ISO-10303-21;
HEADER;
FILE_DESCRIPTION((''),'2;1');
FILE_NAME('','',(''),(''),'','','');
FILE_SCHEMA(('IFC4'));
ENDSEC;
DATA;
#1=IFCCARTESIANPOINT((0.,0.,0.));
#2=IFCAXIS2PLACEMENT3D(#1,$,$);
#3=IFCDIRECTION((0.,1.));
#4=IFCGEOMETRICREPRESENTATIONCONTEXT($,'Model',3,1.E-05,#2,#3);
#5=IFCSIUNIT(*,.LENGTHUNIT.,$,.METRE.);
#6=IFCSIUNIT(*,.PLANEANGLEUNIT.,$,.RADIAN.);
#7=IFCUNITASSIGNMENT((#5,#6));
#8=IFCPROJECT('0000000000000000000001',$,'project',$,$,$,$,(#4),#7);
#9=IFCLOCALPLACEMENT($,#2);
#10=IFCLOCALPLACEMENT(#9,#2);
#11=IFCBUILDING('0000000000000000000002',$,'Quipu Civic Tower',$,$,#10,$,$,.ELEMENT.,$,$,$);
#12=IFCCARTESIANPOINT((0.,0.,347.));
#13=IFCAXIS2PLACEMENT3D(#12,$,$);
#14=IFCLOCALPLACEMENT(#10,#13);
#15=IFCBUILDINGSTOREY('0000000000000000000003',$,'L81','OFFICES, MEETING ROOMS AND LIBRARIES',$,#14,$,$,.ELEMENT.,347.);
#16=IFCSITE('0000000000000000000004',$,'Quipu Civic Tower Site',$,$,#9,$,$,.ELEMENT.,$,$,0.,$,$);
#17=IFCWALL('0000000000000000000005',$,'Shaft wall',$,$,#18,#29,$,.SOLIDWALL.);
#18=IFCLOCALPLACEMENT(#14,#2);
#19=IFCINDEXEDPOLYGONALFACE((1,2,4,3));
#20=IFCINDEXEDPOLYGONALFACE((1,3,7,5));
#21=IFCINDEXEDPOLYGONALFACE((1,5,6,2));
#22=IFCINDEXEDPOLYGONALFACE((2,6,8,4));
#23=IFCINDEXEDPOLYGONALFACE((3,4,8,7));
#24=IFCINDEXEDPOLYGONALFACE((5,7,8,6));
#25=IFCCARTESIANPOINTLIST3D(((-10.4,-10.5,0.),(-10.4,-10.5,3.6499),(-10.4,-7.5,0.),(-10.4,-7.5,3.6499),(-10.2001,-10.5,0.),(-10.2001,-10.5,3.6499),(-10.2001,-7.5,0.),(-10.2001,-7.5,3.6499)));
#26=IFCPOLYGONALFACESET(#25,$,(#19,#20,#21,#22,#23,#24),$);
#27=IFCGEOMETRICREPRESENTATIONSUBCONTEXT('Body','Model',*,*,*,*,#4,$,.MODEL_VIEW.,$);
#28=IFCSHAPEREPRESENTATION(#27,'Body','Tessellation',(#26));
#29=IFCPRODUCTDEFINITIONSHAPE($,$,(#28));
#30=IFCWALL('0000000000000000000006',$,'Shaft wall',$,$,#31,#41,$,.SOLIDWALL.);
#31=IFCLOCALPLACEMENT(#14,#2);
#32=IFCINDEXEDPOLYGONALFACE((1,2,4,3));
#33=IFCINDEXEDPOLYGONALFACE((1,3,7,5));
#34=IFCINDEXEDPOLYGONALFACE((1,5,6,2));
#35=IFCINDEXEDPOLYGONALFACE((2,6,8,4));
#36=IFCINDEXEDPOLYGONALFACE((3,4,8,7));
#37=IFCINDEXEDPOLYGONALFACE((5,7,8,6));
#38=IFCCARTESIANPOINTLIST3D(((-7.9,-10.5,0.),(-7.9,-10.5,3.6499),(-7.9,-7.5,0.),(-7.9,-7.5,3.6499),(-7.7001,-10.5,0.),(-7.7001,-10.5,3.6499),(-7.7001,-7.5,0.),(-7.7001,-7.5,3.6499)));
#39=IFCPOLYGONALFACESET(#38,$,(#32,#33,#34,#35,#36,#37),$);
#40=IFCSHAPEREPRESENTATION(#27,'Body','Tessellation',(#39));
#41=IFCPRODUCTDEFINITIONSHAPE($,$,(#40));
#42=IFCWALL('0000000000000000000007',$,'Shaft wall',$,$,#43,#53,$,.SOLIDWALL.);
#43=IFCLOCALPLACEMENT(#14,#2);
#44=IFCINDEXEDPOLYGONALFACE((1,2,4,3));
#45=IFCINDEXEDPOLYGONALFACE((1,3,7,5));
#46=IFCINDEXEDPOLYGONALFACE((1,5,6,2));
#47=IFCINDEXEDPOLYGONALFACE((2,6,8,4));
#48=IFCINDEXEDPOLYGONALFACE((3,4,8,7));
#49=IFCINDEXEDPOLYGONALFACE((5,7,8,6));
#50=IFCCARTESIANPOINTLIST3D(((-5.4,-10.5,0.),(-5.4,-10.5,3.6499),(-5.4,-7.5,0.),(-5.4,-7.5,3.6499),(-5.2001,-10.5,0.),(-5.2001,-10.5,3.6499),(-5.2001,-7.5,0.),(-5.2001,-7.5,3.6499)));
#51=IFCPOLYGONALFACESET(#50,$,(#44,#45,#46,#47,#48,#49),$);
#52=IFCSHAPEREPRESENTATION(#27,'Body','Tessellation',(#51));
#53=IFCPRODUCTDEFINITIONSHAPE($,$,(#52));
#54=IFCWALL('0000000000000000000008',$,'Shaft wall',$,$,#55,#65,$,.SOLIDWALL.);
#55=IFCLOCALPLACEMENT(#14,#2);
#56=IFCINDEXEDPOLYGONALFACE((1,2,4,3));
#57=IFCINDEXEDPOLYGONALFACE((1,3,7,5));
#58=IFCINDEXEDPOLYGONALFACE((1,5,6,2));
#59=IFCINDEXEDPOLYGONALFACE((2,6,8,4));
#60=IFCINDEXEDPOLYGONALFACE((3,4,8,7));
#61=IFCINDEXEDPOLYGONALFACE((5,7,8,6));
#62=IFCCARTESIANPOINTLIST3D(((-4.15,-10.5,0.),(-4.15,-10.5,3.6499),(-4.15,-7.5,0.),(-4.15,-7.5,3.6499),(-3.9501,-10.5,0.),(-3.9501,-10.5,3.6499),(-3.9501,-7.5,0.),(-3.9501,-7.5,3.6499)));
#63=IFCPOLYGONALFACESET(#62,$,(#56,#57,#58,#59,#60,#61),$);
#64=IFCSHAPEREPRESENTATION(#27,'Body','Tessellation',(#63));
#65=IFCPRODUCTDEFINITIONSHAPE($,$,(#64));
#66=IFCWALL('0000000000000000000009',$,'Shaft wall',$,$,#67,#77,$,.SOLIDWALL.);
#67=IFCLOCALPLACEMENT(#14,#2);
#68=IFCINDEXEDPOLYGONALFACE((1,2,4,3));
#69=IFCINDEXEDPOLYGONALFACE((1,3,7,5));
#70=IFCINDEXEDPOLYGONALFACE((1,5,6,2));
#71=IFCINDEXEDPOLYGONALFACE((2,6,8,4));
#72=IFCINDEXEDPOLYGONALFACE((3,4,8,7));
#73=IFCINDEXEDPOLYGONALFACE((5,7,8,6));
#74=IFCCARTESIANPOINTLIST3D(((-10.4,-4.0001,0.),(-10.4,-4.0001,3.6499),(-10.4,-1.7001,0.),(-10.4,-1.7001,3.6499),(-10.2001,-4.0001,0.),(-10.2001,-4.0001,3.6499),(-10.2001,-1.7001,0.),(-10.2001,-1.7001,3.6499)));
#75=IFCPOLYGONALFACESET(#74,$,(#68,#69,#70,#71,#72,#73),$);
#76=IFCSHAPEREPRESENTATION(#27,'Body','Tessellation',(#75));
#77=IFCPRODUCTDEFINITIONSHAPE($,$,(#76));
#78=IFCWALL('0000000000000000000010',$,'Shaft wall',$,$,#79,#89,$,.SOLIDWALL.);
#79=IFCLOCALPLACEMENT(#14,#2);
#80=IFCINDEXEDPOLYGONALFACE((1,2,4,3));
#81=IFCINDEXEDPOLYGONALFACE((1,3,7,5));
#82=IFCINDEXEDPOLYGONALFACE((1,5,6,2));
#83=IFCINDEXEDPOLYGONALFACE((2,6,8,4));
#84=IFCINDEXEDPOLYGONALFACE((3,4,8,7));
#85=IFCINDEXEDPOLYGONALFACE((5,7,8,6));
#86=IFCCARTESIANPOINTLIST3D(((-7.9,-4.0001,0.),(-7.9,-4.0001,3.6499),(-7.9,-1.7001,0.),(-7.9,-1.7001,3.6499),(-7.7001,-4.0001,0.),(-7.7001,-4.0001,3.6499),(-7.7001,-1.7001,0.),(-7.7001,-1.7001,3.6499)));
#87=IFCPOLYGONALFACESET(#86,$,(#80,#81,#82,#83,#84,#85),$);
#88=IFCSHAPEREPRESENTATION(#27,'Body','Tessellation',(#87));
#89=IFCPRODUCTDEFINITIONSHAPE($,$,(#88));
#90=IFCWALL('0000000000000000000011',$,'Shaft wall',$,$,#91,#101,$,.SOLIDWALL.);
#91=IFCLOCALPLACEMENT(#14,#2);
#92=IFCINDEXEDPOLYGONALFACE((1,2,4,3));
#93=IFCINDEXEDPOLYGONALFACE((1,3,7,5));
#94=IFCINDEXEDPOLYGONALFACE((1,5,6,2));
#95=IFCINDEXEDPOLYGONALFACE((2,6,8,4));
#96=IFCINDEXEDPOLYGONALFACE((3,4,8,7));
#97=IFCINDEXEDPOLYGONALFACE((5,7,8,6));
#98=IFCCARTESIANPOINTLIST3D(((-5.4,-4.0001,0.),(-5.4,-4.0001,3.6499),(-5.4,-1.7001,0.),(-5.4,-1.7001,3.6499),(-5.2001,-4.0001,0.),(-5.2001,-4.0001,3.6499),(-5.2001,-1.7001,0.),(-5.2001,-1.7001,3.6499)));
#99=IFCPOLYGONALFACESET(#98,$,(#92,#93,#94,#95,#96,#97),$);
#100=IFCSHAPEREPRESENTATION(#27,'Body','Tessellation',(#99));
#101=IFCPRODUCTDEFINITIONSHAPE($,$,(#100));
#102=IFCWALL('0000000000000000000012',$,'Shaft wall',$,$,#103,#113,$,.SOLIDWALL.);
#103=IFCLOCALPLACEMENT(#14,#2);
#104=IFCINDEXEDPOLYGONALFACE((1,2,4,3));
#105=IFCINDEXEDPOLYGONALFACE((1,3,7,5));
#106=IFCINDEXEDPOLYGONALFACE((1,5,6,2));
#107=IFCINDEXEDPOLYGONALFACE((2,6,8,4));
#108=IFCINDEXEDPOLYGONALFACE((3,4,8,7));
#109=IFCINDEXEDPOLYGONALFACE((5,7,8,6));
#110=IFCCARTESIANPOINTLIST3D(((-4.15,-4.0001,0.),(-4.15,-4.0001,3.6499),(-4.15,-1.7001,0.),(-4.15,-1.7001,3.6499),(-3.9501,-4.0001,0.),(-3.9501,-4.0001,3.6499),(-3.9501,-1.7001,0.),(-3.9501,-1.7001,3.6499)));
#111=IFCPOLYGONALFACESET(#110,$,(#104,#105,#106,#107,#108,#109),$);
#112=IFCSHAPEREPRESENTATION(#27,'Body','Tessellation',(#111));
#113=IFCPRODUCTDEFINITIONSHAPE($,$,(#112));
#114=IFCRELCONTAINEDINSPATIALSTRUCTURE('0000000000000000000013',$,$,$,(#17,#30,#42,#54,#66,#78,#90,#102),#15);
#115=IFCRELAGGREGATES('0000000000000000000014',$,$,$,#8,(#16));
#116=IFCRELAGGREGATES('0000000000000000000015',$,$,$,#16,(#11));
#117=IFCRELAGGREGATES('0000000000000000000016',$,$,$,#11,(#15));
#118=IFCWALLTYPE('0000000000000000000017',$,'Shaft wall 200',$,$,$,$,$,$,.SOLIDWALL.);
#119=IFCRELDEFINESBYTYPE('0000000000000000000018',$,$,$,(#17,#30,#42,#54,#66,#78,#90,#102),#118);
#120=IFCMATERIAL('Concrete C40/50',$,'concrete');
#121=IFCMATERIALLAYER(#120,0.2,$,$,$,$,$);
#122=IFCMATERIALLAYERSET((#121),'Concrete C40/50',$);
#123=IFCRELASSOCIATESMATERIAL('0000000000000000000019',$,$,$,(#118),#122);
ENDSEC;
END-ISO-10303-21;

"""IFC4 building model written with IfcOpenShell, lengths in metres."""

from ifc_helpers import new_model, si_unit, direction, frame, frame_2d, origin, place, context, subcontext, project, spatial, rectangle, extrude, material, layer, layer_set, type_object, element, save


model = new_model("IFC4")

# Units and contexts
model_context = context("Model", 3, precision=1e-05, world=origin(), true_north=direction((0.0, 1.0)))
body_context = subcontext(model_context, "Body", "Model", "MODEL_VIEW")
ifc_project = project(units=[si_unit("LENGTHUNIT", "METRE"), si_unit("PLANEANGLEUNIT", "RADIAN")], contexts=[model_context])

# Site, building, storey
site_placement = place(None, origin())
site = spatial("IfcSite", under=ifc_project, at=site_placement, Name="Quipu Civic Tower Site", CompositionType="ELEMENT", RefElevation=0.0)
building_placement = place(site_placement, origin())
building = spatial("IfcBuilding", under=site, at=building_placement, Name="Quipu Civic Tower", CompositionType="ELEMENT")
storey_placement = place(building_placement, frame((0.0, 0.0, 347.0)))
storey = spatial("IfcBuildingStorey", under=building, at=storey_placement, Name="L81", Description="OFFICES, MEETING ROOMS AND LIBRARIES", CompositionType="ELEMENT", Elevation=347.0)

# Walls
ifc_material_1 = material(Name="Concrete C40/50", Category="concrete")
ifc_layer_1 = layer(ifc_material_1, 0.2)
ifc_layer_set_1 = layer_set([ifc_layer_1], Name="Concrete C40/50")
wall_type_1 = type_object("IfcWallType", Name="Shaft wall 200", PredefinedType="SOLIDWALL", material=ifc_layer_set_1)
for number, where, z_axis, x_axis, name in (
    (1, (-10.3, -10.5, 0.0), (0.0, 0.0, 1.0), (0.0, 1.0, 0.0), "Shaft wall"),
    (2, (-7.8, -10.5, 0.0), (0.0, 0.0, 1.0), (0.0, 1.0, 0.0), "Shaft wall"),
    (3, (-5.3, -10.5, 0.0), (0.0, 0.0, 1.0), (0.0, 1.0, 0.0), "Shaft wall"),
    (4, (-4.05, -10.5, 0.0), (0.0, 0.0, 1.0), (0.0, 1.0, 0.0), "Shaft wall"),
):
    element("IfcWall", number, at=place(storey_placement, frame(where, z_axis=z_axis, x_axis=x_axis)), inside=storey, type_object=wall_type_1, Name=name, PredefinedType="SOLIDWALL", context=body_context, shape_type="SweptSolid", body=[
        extrude(rectangle(XDim=3.0, YDim=0.2, at=frame_2d((1.5, 0.0))), origin(), (0.0, 0.0, 1.0), 3.6499),
    ])
for number, where, z_axis, x_axis, name in (
    (5, (-10.3, -4.0, 0.0), (0.0, 0.0, 1.0), (0.0, 1.0, 0.0), "Shaft wall"),
    (6, (-7.8, -4.0, 0.0), (0.0, 0.0, 1.0), (0.0, 1.0, 0.0), "Shaft wall"),
    (7, (-5.3, -4.0, 0.0), (0.0, 0.0, 1.0), (0.0, 1.0, 0.0), "Shaft wall"),
    (8, (-4.05, -4.0, 0.0), (0.0, 0.0, 1.0), (0.0, 1.0, 0.0), "Shaft wall"),
):
    element("IfcWall", number, at=place(storey_placement, frame(where, z_axis=z_axis, x_axis=x_axis)), inside=storey, type_object=wall_type_1, Name=name, PredefinedType="SOLIDWALL", context=body_context, shape_type="SweptSolid", body=[
        extrude(rectangle(XDim=2.3, YDim=0.2, at=frame_2d((1.1499, 0.0))), origin(), (0.0, 0.0, 1.0), 3.6499),
    ])

save(model, "model.ifc")
